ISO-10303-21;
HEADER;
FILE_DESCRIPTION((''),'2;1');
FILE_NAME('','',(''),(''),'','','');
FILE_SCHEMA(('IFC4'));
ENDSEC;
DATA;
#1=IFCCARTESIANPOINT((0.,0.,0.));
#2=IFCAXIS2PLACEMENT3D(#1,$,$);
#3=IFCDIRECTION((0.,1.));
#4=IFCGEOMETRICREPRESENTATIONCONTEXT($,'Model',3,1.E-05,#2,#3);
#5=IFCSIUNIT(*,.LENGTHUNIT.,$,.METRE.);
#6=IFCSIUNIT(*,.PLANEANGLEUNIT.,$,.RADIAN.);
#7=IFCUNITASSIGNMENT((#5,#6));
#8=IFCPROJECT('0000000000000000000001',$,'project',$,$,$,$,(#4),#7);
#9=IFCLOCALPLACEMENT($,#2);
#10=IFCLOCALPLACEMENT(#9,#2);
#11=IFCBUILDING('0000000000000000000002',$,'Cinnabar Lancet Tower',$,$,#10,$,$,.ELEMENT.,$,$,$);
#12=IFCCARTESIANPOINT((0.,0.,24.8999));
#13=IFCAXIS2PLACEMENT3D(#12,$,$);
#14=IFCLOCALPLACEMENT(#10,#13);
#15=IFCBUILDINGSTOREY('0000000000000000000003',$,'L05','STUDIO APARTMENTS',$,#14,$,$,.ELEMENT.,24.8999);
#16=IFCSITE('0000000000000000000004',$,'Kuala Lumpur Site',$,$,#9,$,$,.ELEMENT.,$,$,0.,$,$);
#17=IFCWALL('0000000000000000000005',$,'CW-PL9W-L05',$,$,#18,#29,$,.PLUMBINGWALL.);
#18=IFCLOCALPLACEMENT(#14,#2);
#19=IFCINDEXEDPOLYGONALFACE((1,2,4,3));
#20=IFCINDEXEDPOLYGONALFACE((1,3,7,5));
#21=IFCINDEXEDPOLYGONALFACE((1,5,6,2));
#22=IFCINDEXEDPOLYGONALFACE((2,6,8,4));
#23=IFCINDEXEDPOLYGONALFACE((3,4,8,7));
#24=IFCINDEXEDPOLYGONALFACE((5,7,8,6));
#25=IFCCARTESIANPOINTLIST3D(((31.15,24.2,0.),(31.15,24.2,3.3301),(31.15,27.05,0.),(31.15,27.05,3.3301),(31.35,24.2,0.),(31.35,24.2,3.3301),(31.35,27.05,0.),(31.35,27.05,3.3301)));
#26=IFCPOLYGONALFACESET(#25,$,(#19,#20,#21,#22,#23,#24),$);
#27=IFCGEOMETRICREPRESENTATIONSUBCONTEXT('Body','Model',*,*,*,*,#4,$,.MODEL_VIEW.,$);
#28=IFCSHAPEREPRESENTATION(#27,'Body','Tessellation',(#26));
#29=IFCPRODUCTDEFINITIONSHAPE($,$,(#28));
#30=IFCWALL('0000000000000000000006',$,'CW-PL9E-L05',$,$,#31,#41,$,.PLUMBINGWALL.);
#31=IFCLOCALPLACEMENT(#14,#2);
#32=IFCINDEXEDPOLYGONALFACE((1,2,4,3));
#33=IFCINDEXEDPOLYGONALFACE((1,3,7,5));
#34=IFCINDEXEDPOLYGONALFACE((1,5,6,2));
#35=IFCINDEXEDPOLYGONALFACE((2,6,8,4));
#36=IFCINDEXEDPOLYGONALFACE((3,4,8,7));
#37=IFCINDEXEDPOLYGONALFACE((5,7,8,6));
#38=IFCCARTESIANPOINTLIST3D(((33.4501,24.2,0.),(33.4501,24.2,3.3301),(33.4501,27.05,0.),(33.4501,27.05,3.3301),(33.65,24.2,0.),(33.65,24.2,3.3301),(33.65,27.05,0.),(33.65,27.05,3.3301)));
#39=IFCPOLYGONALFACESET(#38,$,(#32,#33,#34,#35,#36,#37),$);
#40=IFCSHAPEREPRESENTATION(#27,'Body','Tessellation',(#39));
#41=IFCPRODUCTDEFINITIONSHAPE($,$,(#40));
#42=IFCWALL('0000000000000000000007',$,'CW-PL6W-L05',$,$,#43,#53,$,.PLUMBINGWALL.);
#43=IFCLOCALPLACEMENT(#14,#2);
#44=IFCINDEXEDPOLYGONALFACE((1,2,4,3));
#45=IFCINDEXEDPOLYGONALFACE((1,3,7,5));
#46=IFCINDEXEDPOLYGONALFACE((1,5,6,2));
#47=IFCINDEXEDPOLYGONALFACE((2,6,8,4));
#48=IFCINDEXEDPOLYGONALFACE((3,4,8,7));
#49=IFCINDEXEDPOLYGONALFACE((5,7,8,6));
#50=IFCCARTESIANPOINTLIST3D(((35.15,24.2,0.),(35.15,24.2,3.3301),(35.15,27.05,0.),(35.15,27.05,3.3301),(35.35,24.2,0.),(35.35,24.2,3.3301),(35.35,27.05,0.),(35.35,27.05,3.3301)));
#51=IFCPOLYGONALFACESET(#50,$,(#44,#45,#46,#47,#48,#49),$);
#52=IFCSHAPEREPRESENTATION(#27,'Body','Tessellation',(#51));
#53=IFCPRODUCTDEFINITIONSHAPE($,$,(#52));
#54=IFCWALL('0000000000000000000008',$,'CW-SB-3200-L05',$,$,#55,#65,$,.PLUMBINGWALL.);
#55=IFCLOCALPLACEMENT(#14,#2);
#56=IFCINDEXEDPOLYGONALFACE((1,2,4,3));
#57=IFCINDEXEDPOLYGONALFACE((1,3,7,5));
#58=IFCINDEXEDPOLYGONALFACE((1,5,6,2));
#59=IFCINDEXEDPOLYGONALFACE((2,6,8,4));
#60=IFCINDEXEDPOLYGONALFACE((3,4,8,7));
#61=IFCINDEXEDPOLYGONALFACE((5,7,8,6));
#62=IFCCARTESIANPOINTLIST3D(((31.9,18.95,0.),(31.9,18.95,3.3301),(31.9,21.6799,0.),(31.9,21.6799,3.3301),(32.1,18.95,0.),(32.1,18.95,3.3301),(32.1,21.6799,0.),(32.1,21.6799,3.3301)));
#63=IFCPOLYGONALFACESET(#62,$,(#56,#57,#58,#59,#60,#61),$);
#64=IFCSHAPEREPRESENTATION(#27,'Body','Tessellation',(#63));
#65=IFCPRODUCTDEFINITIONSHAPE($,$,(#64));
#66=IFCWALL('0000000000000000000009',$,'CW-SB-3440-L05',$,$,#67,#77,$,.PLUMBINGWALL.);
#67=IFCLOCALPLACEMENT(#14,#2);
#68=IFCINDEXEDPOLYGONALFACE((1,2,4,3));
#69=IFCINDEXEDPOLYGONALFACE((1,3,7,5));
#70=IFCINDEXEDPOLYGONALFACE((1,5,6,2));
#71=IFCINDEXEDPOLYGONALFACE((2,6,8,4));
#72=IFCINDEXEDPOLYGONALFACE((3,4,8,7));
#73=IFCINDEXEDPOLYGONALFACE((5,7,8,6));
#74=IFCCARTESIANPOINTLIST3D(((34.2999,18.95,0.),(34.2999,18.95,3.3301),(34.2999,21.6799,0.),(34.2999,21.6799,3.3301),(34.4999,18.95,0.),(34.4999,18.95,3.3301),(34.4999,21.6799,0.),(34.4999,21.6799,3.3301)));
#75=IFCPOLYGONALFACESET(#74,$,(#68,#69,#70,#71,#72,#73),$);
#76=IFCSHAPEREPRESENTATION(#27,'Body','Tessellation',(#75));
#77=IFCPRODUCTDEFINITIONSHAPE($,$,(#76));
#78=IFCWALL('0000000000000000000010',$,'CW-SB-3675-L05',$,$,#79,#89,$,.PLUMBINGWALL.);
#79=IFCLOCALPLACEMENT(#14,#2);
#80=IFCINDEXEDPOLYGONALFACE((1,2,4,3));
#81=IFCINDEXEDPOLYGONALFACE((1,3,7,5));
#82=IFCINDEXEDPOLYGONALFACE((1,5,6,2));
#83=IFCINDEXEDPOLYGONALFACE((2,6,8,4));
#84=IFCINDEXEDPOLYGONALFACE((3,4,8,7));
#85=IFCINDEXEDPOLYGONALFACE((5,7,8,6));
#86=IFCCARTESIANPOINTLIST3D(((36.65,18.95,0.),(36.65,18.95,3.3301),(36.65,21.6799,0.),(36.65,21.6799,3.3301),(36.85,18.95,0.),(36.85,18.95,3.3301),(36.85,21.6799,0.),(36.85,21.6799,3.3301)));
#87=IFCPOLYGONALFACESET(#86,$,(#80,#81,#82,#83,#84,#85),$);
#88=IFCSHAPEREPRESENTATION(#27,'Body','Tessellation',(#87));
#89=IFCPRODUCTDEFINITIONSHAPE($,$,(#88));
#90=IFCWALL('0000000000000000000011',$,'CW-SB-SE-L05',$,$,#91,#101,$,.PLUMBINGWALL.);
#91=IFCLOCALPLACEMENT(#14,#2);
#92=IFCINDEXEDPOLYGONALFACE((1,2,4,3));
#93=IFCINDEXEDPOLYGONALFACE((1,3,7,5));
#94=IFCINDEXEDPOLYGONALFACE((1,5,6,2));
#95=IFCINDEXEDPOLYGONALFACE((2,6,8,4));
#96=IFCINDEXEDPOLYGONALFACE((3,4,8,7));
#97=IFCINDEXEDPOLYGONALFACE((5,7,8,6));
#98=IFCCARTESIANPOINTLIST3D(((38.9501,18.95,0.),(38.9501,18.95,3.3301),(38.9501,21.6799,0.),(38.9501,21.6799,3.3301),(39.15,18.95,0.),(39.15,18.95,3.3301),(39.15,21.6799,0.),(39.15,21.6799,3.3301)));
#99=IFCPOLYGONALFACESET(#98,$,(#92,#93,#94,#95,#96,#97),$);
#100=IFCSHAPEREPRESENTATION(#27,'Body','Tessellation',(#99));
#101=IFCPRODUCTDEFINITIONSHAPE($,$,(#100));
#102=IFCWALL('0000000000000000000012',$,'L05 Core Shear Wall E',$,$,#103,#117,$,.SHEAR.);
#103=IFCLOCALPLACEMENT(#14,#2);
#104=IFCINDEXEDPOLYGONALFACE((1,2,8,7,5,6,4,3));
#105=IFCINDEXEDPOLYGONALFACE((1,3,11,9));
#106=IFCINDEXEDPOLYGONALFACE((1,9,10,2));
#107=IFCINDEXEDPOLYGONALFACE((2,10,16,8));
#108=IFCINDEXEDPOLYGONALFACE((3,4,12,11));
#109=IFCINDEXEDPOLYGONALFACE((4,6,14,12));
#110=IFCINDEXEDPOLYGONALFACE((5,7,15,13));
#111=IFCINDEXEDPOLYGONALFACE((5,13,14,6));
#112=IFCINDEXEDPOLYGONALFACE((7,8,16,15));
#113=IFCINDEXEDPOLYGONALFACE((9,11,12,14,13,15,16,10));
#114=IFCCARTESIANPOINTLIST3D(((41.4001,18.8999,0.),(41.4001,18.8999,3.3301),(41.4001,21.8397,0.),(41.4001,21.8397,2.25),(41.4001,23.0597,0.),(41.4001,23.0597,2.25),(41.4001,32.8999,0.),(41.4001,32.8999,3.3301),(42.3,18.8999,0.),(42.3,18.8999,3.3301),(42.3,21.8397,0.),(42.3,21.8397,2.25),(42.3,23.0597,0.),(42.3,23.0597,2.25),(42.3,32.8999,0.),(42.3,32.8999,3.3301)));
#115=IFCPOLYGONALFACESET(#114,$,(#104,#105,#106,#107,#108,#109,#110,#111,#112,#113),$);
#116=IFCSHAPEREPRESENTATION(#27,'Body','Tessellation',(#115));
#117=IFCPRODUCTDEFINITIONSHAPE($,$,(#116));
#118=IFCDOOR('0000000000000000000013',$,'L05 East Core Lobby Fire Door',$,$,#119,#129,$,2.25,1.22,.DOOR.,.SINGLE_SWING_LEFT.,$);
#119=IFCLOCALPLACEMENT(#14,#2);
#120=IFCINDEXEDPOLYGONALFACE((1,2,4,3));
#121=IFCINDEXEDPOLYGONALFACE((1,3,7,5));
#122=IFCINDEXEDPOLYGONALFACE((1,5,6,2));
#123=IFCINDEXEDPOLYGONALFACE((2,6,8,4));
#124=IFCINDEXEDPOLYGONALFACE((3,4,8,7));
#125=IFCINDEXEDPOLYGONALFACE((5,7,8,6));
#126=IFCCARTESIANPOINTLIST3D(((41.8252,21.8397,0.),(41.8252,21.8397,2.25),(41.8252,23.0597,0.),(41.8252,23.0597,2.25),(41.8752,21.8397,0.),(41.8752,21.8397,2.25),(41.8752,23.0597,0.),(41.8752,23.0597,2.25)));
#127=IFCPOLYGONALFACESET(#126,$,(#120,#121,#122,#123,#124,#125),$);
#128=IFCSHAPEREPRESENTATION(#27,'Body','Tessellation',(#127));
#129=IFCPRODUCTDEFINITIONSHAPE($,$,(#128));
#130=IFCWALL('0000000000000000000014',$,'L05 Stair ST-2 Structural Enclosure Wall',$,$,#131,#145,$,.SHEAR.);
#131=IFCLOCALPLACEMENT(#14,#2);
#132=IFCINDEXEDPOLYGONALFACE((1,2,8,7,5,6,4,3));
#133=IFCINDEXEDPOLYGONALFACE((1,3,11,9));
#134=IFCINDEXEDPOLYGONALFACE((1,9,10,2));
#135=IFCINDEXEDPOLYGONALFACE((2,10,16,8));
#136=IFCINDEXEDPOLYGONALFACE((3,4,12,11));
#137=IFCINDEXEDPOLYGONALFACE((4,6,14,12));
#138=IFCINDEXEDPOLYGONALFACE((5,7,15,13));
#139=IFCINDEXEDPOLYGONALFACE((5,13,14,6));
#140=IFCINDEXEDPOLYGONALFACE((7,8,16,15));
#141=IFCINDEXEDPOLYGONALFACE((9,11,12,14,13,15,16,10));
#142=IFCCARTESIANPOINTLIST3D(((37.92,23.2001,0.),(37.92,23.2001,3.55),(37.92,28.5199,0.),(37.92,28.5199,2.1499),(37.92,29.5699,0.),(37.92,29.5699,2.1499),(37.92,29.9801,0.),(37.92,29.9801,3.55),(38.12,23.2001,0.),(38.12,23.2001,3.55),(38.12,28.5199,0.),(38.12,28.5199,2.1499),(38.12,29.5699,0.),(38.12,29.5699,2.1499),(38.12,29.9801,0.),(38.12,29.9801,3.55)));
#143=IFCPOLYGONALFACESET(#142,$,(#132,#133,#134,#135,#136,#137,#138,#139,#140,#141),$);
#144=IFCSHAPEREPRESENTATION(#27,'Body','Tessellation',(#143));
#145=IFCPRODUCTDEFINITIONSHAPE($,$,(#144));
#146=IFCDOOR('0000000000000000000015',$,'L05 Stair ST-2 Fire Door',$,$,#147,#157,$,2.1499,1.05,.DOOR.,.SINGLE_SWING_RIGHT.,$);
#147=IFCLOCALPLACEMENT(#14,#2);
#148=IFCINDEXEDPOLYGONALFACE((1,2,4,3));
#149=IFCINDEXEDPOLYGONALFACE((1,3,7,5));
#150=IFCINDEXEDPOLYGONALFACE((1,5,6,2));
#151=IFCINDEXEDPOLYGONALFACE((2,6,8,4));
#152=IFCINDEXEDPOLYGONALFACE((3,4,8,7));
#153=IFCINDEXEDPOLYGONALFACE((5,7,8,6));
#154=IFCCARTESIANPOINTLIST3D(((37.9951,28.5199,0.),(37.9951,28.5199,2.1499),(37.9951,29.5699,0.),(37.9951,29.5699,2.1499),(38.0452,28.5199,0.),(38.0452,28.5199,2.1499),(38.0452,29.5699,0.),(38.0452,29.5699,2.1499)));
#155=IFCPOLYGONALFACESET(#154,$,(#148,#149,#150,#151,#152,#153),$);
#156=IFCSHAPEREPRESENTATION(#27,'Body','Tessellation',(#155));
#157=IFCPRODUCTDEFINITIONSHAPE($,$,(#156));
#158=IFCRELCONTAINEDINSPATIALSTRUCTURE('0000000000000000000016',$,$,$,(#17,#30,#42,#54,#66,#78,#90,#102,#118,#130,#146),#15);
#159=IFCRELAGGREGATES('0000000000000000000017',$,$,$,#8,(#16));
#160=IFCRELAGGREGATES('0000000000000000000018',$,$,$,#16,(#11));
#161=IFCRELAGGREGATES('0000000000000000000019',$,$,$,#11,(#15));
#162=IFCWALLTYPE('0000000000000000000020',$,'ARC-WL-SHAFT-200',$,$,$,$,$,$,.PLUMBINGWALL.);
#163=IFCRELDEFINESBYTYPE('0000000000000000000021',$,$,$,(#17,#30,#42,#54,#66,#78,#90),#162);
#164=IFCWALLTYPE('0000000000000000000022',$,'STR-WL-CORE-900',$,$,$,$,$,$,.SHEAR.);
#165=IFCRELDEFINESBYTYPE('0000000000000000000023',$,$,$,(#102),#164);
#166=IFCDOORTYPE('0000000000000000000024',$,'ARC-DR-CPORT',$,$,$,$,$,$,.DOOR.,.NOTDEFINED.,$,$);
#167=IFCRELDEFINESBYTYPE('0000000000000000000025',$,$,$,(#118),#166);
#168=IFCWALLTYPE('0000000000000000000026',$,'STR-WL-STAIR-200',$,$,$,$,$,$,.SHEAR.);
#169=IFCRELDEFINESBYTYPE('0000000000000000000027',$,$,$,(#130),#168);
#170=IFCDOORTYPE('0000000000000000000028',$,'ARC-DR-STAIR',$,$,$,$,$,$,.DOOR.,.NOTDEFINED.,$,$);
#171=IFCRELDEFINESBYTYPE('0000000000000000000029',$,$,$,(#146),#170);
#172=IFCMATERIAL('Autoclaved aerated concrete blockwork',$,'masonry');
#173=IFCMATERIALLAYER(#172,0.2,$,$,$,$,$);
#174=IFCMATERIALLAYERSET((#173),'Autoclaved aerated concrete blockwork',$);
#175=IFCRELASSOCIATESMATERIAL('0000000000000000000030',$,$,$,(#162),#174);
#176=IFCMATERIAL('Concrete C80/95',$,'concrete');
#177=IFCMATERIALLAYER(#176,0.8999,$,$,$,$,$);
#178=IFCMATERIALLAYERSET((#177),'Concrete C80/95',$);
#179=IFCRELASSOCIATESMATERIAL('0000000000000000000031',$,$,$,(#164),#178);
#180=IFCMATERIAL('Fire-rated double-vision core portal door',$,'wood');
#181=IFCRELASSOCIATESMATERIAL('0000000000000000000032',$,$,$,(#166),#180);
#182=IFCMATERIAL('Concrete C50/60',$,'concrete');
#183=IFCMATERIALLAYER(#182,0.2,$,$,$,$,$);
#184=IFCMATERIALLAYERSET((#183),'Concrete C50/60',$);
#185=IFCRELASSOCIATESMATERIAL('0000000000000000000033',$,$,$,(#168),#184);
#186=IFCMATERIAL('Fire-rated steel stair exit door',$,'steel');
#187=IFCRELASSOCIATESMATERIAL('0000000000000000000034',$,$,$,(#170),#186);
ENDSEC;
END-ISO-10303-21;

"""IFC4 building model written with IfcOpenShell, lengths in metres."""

from ifc_helpers import new_model, si_unit, direction, frame, frame_2d, origin, place, context, subcontext, project, spatial, rectangle, extrude, material, layer, layer_set, type_object, element, fill, save


model = new_model("IFC4")

# Units and contexts
model_context = context("Model", 3, precision=1e-05, world=origin(), true_north=direction((0.0, 1.0)))
body_context = subcontext(model_context, "Body", "Model", "MODEL_VIEW")
ifc_project = project(units=[si_unit("LENGTHUNIT", "METRE"), si_unit("PLANEANGLEUNIT", "RADIAN")], contexts=[model_context])

# Site, building, storey
site_placement = place(None, origin())
site = spatial("IfcSite", under=ifc_project, at=site_placement, Name="Kuala Lumpur Site", CompositionType="ELEMENT", RefElevation=0.0)
building_placement = place(site_placement, origin())
building = spatial("IfcBuilding", under=site, at=building_placement, Name="Cinnabar Lancet Tower", CompositionType="ELEMENT")
storey_placement = place(building_placement, frame((0.0, 0.0, 24.8999)))
storey = spatial("IfcBuildingStorey", under=building, at=storey_placement, Name="L05", Description="STUDIO APARTMENTS", CompositionType="ELEMENT", Elevation=24.8999)

# Shared definitions
ifc_material_1 = material(Name="Autoclaved aerated concrete blockwork", Category="masonry")
ifc_layer_1 = layer(ifc_material_1, 0.2)
ifc_layer_set_1 = layer_set([ifc_layer_1], Name="Autoclaved aerated concrete blockwork")
wall_type_1 = type_object("IfcWallType", Name="ARC-WL-SHAFT-200", PredefinedType="PLUMBINGWALL", material=ifc_layer_set_1)

# Walls
for number, where, z_axis, x_axis, name in (
    (1, (31.25, 24.2, 0.0), (0.0, 0.0, 1.0), (0.0, 1.0, 0.0), "CW-PL9W-L05"),
    (2, (33.55, 24.2, 0.0), (0.0, 0.0, 1.0), (0.0, 1.0, 0.0), "CW-PL9E-L05"),
    (3, (35.25, 24.2, 0.0), (0.0, 0.0, 1.0), (0.0, 1.0, 0.0), "CW-PL6W-L05"),
):
    element("IfcWall", number, at=place(storey_placement, frame(where, z_axis=z_axis, x_axis=x_axis)), inside=storey, type_object=wall_type_1, Name=name, PredefinedType="PLUMBINGWALL", context=body_context, shape_type="SweptSolid", body=[
        extrude(rectangle(XDim=2.8501, YDim=0.2, at=frame_2d((1.425, 0.0))), origin(), (0.0, 0.0, 1.0), 3.3301),
    ])
for number, where, z_axis, x_axis, name in (
    (4, (32.0, 18.95, 0.0), (0.0, 0.0, 1.0), (0.0, 1.0, 0.0), "CW-SB-3200-L05"),
    (5, (34.3999, 18.95, 0.0), (0.0, 0.0, 1.0), (0.0, 1.0, 0.0), "CW-SB-3440-L05"),
    (6, (36.75, 18.95, 0.0), (0.0, 0.0, 1.0), (0.0, 1.0, 0.0), "CW-SB-3675-L05"),
    (7, (39.05, 18.95, 0.0), (0.0, 0.0, 1.0), (0.0, 1.0, 0.0), "CW-SB-SE-L05"),
):
    element("IfcWall", number, at=place(storey_placement, frame(where, z_axis=z_axis, x_axis=x_axis)), inside=storey, type_object=wall_type_1, Name=name, PredefinedType="PLUMBINGWALL", context=body_context, shape_type="SweptSolid", body=[
        extrude(rectangle(XDim=2.73, YDim=0.2, at=frame_2d((1.365, 0.0))), origin(), (0.0, 0.0, 1.0), 3.3301),
    ])

# Walls, openings, doors
ifc_material_2 = material(Name="Concrete C80/95", Category="concrete")
ifc_layer_2 = layer(ifc_material_2, 0.8999)
ifc_layer_set_2 = layer_set([ifc_layer_2], Name="Concrete C80/95")
wall_type_2 = type_object("IfcWallType", Name="STR-WL-CORE-900", PredefinedType="SHEAR", material=ifc_layer_set_2)
wall_1_placement = place(storey_placement, frame((41.8501, 18.8999, 0.0), z_axis=(0.0, 0.0, 1.0), x_axis=(0.0, 1.0, 0.0)))
wall_1 = element("IfcWall", 8, at=wall_1_placement, inside=storey, type_object=wall_type_2, Name="L05 Core Shear Wall E", PredefinedType="SHEAR", context=body_context, shape_type="SweptSolid", body=[
    extrude(rectangle(XDim=14.0, YDim=0.8999, at=frame_2d((7.0, 0.0))), origin(), (0.0, 0.0, 1.0), 3.3301),
])
opening_1_placement = place(wall_1_placement, frame((2.9399, 0.0, 0.0)))
opening_1 = element("IfcOpeningElement", 9, at=opening_1_placement, cuts=wall_1, PredefinedType="OPENING", context=body_context, shape_type="SweptSolid", body=[
    extrude(rectangle(XDim=1.22, YDim=2.25, at=frame_2d((0.6099, 1.125))), frame((0.0, 0.46, 0.0), z_axis=(0.0, -1.0, 0.0), x_axis=(1.0, 0.0, 0.0)), (0.0, 0.0, 1.0), 0.9199),
])
ifc_material_3 = material(Name="Fire-rated double-vision core portal door", Category="wood")
door_type_1 = type_object("IfcDoorType", Name="ARC-DR-CPORT", OperationType="NOTDEFINED", PredefinedType="DOOR", material=ifc_material_3)
door_1_placement = place(opening_1_placement, origin())
door_1 = element("IfcDoor", 10, at=door_1_placement, inside=storey, type_object=door_type_1, Name="L05 East Core Lobby Fire Door", OperationType="SINGLE_SWING_LEFT", OverallHeight=2.25, OverallWidth=1.22, PredefinedType="DOOR", context=body_context, shape_type="SweptSolid", body=[
    extrude(rectangle(XDim=1.22, YDim=2.25, at=frame_2d((0.6099, 1.125))), frame((0.0, 0.0249, 0.0), z_axis=(0.0, -1.0, 0.0), x_axis=(1.0, 0.0, 0.0)), (0.0, 0.0, 1.0), 0.05),
])
fill(opening_1, door_1)
ifc_material_4 = material(Name="Concrete C50/60", Category="concrete")
ifc_layer_3 = layer(ifc_material_4, 0.2)
ifc_layer_set_3 = layer_set([ifc_layer_3], Name="Concrete C50/60")
wall_type_3 = type_object("IfcWallType", Name="STR-WL-STAIR-200", PredefinedType="SHEAR", material=ifc_layer_set_3)
wall_2_placement = place(storey_placement, frame((38.02, 23.2, 0.0), z_axis=(0.0, 0.0, 1.0), x_axis=(0.0, 1.0, 0.0)))
wall_2 = element("IfcWall", 11, at=wall_2_placement, inside=storey, type_object=wall_type_3, Name="L05 Stair ST-2 Structural Enclosure Wall", PredefinedType="SHEAR", context=body_context, shape_type="SweptSolid", body=[
    extrude(rectangle(XDim=6.78, YDim=0.2, at=frame_2d((3.3901, 0.0))), origin(), (0.0, 0.0, 1.0), 3.55),
])
opening_2_placement = place(wall_2_placement, frame((5.3201, 0.0, 0.0)))
opening_2 = element("IfcOpeningElement", 12, at=opening_2_placement, cuts=wall_2, PredefinedType="OPENING", context=body_context, shape_type="SweptSolid", body=[
    extrude(rectangle(XDim=1.05, YDim=2.1499, at=frame_2d((0.5249, 1.075))), frame((0.0, 0.1099, 0.0), z_axis=(0.0, -1.0, 0.0), x_axis=(1.0, 0.0, 0.0)), (0.0, 0.0, 1.0), 0.22),
])
ifc_material_5 = material(Name="Fire-rated steel stair exit door", Category="steel")
door_type_2 = type_object("IfcDoorType", Name="ARC-DR-STAIR", OperationType="NOTDEFINED", PredefinedType="DOOR", material=ifc_material_5)
door_2_placement = place(opening_2_placement, origin())
door_2 = element("IfcDoor", 13, at=door_2_placement, inside=storey, type_object=door_type_2, Name="L05 Stair ST-2 Fire Door", OperationType="SINGLE_SWING_RIGHT", OverallHeight=2.1499, OverallWidth=1.05, PredefinedType="DOOR", context=body_context, shape_type="SweptSolid", body=[
    extrude(rectangle(XDim=1.05, YDim=2.1499, at=frame_2d((0.5249, 1.075))), frame((0.0, 0.0249, 0.0), z_axis=(0.0, -1.0, 0.0), x_axis=(1.0, 0.0, 0.0)), (0.0, 0.0, 1.0), 0.05),
])
fill(opening_2, door_2)

save(model, "model.ifc")
